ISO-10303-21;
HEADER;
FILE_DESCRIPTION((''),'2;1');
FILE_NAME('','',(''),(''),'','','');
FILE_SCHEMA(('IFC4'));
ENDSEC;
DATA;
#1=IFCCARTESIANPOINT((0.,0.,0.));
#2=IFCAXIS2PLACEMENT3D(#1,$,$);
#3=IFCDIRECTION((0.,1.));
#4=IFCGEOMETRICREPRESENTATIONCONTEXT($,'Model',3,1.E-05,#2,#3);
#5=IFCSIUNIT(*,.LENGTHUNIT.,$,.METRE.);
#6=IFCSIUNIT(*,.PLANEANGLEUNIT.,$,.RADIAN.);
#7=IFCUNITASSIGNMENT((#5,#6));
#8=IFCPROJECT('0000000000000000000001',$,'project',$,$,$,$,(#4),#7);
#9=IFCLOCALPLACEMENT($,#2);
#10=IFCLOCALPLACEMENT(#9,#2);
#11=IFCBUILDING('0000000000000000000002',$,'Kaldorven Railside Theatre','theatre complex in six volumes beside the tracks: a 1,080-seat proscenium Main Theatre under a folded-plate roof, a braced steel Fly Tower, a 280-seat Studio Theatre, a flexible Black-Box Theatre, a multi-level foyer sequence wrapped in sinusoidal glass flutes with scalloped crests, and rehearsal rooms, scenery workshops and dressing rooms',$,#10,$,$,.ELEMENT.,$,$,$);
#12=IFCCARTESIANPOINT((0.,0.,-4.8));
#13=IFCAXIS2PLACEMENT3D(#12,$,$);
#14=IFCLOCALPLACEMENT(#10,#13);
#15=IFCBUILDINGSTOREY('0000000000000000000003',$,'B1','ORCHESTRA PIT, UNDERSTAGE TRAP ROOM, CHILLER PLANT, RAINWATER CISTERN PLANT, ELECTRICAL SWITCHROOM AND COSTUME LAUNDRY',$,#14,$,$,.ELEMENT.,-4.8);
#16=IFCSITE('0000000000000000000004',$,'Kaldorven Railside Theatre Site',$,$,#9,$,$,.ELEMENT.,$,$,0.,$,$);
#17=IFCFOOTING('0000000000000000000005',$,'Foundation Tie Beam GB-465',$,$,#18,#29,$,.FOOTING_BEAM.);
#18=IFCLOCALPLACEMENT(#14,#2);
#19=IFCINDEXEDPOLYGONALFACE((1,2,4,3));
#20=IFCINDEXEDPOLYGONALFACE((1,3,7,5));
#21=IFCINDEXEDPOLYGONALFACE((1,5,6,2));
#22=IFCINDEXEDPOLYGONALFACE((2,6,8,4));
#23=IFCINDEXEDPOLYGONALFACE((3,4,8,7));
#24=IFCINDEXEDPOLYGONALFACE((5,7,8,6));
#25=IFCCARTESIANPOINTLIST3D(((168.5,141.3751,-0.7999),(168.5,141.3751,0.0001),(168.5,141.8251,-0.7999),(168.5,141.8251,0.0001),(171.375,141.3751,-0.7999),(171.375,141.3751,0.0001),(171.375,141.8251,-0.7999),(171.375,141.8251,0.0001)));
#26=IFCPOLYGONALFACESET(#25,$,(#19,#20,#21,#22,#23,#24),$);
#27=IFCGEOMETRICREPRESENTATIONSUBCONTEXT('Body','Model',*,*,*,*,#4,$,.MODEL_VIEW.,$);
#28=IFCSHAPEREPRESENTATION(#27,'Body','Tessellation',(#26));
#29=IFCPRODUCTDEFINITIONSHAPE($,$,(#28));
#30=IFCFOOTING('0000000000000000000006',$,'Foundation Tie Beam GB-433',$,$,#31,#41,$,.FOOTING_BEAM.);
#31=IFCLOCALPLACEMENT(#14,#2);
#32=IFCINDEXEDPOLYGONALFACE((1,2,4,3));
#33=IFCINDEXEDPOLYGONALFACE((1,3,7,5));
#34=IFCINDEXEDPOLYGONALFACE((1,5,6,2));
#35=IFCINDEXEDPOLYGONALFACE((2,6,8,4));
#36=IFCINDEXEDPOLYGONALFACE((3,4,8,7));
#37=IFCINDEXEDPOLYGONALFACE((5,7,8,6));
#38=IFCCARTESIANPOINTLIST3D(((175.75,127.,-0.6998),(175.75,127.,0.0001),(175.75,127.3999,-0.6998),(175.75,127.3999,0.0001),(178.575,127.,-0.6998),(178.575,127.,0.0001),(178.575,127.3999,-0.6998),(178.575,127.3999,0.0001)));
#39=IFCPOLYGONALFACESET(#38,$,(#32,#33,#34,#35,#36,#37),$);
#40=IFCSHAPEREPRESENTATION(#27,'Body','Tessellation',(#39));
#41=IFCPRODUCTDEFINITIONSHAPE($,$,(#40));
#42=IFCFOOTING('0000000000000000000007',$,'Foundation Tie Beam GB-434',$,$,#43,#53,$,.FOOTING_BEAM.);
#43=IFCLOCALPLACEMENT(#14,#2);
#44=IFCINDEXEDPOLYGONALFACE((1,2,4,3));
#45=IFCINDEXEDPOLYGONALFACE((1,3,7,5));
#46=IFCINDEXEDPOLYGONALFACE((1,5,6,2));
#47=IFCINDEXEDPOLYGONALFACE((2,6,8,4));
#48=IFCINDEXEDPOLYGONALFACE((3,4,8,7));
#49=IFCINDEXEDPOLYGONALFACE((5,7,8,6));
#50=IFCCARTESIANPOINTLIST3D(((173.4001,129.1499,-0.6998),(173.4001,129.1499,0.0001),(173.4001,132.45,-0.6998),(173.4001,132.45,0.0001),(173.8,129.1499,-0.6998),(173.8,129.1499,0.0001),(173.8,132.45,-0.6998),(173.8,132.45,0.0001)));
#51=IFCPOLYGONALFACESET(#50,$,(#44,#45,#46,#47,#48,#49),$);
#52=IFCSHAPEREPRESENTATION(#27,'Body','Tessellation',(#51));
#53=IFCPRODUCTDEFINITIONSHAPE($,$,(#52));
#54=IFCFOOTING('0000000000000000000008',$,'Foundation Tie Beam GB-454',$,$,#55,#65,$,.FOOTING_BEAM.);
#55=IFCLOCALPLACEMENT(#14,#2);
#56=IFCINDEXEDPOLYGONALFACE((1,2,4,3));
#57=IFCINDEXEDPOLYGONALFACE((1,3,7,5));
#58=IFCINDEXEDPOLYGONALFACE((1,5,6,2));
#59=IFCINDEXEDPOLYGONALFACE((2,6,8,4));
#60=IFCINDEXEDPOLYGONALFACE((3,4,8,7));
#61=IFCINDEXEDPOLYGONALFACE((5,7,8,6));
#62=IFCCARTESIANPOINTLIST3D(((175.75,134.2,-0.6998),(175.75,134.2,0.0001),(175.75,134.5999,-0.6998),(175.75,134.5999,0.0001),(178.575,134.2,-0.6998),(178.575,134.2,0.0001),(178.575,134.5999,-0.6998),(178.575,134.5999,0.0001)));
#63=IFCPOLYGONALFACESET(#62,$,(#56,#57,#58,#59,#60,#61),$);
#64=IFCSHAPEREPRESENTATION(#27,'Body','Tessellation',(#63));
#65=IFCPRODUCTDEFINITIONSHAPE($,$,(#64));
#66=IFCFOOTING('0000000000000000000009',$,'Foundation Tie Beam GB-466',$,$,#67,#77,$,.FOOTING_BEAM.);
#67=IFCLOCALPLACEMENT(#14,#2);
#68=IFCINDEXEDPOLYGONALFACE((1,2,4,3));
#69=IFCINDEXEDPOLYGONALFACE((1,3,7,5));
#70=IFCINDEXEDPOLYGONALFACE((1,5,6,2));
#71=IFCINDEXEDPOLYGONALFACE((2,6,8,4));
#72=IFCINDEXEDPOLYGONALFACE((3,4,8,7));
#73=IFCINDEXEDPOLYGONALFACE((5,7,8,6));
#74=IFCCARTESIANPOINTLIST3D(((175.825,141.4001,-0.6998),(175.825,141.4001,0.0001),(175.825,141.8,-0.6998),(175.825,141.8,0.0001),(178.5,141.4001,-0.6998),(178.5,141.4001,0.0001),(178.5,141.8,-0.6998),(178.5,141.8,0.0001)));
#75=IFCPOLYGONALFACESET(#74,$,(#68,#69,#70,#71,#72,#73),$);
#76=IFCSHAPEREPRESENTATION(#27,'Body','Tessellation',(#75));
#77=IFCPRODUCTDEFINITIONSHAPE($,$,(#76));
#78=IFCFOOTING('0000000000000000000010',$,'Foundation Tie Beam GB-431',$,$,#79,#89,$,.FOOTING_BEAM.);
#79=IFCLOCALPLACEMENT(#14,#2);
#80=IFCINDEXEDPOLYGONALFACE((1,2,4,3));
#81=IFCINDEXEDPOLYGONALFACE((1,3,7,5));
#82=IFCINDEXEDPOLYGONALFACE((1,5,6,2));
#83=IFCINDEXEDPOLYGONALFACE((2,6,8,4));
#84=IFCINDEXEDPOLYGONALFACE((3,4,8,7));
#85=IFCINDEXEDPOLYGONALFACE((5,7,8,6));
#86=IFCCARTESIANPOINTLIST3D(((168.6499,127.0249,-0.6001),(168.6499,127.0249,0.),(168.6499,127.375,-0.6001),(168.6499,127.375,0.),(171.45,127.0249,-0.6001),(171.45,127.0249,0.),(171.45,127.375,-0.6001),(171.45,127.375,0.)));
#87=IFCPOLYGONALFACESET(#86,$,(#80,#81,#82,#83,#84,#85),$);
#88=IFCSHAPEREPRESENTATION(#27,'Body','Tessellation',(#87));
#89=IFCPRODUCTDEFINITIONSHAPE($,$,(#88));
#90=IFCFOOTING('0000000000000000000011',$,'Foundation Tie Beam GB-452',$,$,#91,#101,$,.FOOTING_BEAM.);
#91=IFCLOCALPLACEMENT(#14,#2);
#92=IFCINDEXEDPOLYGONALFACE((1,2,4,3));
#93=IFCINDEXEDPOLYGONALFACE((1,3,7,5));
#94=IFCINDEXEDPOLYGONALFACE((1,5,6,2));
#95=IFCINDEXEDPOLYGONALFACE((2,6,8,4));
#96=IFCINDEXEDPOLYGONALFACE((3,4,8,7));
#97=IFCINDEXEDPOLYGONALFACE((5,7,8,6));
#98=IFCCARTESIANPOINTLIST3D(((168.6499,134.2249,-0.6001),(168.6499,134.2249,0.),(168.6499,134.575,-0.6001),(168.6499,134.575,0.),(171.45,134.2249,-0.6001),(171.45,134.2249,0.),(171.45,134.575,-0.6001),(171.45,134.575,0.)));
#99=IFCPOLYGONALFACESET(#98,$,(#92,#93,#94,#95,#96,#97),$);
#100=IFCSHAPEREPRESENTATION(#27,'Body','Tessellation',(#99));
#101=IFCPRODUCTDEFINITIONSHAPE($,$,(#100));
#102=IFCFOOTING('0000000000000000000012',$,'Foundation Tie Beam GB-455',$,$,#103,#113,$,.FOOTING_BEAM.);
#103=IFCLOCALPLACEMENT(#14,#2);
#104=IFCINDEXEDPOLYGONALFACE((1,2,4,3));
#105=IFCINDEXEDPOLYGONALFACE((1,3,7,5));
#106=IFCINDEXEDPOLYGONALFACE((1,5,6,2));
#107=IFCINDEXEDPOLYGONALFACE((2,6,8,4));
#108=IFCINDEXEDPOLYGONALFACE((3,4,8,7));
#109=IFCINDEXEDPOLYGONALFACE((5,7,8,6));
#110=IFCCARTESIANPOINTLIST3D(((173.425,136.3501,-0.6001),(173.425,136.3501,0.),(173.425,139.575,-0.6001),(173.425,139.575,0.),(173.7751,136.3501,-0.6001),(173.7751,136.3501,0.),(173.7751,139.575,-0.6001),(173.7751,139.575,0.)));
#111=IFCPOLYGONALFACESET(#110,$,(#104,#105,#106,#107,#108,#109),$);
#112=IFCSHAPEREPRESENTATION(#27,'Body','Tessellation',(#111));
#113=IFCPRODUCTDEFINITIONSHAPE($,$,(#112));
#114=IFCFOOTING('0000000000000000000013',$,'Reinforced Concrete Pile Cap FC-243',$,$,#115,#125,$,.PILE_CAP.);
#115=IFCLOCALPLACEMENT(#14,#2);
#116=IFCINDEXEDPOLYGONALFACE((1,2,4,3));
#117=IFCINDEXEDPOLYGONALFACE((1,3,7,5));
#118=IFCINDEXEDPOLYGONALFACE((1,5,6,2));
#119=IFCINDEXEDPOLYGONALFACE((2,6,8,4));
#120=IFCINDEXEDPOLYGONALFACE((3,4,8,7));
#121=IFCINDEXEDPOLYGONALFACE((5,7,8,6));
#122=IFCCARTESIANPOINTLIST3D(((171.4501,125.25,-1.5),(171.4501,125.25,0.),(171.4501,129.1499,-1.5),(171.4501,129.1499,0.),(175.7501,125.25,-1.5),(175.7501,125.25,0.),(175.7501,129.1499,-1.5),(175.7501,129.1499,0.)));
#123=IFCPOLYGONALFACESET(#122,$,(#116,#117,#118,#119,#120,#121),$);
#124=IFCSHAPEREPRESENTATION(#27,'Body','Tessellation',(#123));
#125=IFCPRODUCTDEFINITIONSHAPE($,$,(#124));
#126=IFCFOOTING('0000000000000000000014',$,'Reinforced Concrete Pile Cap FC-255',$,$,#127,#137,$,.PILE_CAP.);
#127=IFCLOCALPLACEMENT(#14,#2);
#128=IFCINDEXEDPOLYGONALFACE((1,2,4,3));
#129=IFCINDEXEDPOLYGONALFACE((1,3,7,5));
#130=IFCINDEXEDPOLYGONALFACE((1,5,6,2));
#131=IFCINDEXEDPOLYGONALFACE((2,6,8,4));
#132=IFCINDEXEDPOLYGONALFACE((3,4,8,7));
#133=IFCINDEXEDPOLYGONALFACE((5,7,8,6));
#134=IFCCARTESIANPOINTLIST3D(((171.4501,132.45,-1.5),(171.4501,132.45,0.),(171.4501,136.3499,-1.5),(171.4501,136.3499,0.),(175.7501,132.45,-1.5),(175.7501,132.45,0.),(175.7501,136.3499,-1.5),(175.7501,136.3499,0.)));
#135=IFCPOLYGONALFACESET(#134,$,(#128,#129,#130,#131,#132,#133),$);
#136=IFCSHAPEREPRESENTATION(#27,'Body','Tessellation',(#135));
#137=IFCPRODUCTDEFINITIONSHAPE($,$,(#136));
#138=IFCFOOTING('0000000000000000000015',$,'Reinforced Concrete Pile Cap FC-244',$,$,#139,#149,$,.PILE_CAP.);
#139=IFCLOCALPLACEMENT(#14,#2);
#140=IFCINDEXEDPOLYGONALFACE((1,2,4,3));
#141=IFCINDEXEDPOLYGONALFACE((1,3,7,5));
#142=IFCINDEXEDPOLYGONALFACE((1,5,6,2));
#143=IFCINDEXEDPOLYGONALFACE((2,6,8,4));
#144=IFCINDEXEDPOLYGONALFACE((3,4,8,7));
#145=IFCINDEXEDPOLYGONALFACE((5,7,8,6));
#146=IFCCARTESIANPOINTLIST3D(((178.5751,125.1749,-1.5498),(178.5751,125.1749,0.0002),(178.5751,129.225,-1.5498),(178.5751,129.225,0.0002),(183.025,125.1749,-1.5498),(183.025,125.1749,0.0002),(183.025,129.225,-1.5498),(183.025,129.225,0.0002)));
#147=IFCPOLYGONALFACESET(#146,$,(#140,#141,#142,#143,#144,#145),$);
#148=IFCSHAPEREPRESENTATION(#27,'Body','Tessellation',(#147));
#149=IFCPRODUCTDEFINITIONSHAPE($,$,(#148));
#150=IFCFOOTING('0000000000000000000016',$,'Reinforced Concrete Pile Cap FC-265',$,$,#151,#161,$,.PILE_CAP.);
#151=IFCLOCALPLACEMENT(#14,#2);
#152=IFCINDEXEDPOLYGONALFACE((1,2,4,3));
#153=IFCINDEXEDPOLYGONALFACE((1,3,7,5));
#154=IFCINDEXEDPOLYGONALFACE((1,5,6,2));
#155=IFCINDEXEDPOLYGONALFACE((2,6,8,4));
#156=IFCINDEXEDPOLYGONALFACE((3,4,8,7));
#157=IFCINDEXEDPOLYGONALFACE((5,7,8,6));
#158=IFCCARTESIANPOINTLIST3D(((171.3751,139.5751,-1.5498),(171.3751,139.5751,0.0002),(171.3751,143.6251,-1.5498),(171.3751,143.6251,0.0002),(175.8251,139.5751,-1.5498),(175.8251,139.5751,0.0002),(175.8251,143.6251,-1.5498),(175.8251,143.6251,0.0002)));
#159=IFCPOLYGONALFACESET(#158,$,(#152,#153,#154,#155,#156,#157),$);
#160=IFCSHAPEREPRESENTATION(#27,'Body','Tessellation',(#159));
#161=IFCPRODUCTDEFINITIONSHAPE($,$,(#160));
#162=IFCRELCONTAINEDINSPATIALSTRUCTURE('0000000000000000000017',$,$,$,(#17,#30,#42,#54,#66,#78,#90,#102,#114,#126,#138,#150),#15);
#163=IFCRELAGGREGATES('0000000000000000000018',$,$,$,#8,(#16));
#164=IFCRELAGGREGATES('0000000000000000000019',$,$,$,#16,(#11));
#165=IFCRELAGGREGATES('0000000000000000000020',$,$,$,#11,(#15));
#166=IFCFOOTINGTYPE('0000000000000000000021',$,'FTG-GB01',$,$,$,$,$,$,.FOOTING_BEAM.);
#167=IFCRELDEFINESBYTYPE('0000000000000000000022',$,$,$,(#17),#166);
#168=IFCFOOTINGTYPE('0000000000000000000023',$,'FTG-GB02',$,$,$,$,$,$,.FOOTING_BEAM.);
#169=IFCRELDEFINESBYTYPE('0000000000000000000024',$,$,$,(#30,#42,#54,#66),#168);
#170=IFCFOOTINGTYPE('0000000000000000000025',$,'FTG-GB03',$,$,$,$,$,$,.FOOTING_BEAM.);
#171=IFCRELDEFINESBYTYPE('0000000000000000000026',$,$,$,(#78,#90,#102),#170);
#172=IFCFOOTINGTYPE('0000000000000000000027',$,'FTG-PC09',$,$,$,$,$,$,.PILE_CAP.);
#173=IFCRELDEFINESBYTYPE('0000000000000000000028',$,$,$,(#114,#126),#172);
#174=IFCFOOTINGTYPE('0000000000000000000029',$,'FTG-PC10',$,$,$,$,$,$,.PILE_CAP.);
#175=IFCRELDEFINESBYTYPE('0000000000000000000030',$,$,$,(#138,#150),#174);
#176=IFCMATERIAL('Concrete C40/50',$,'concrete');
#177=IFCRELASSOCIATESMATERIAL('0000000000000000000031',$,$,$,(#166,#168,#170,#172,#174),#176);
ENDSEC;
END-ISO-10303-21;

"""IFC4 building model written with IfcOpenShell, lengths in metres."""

from ifc_helpers import new_model, si_unit, direction, frame, origin, origin_2d, place, context, subcontext, project, spatial, rectangle, extrude, material, material_profile, profile_set, type_object, element, save


model = new_model("IFC4")

# Units and contexts
model_context = context("Model", 3, precision=1e-05, world=origin(), true_north=direction((0.0, 1.0)))
body_context = subcontext(model_context, "Body", "Model", "MODEL_VIEW")
ifc_project = project(units=[si_unit("LENGTHUNIT", "METRE"), si_unit("PLANEANGLEUNIT", "RADIAN")], contexts=[model_context])

# Site, building, storey
site_placement = place(None, origin())
site = spatial("IfcSite", under=ifc_project, at=site_placement, Name="Kaldorven Railside Theatre Site", CompositionType="ELEMENT", RefElevation=0.0)
building_placement = place(site_placement, origin())
building = spatial("IfcBuilding", under=site, at=building_placement, Name="Kaldorven Railside Theatre", Description="theatre complex in six volumes beside the tracks: a 1,080-seat proscenium Main Theatre under a folded-plate roof, a braced steel Fly Tower, a 280-seat Studio Theatre, a flexible Black-Box Theatre, a multi-level foyer sequence wrapped in sinusoidal glass flutes with scalloped crests, and rehearsal rooms, scenery workshops and dressing rooms", CompositionType="ELEMENT")
storey_placement = place(building_placement, frame((0.0, 0.0, -4.8)))
storey = spatial("IfcBuildingStorey", under=building, at=storey_placement, Name="B1", Description="ORCHESTRA PIT, UNDERSTAGE TRAP ROOM, CHILLER PLANT, RAINWATER CISTERN PLANT, ELECTRICAL SWITCHROOM AND COSTUME LAUNDRY", CompositionType="ELEMENT", Elevation=-4.8)

# Footings
ifc_material_1 = material(Name="Concrete C40/50", Category="concrete")
ifc_material_profile_1 = material_profile(ifc_material_1, rectangle(XDim=0.45, YDim=0.8, at=origin_2d()), Name="RC 450x800")
ifc_profile_set_1 = profile_set([ifc_material_profile_1], Name="Concrete C40/50")
footing_type_1 = type_object("IfcFootingType", Name="FTG-GB01", PredefinedType="FOOTING_BEAM", material=ifc_profile_set_1)
footing_1_placement = place(storey_placement, frame((168.5, 141.6001, -0.3999), z_axis=(1.0, 0.0, 0.0), x_axis=(0.0, 1.0, 0.0)))
element("IfcFooting", 1, at=footing_1_placement, inside=storey, type_object=footing_type_1, Name="Foundation Tie Beam GB-465", PredefinedType="FOOTING_BEAM", context=body_context, shape_type="SweptSolid", body=[
    extrude(rectangle(XDim=0.45, YDim=0.8, at=origin_2d()), origin(), (0.0, 0.0, 1.0), 2.875),
])
ifc_material_profile_2 = material_profile(ifc_material_1, rectangle(XDim=0.3999, YDim=0.7, at=origin_2d()), Name="RC 400x700")
ifc_profile_set_2 = profile_set([ifc_material_profile_2], Name="Concrete C40/50")
footing_type_2 = type_object("IfcFootingType", Name="FTG-GB02", PredefinedType="FOOTING_BEAM", material=ifc_profile_set_2)
footing_2_placement = place(storey_placement, frame((175.75, 127.2, -0.3499), z_axis=(1.0, 0.0, 0.0), x_axis=(0.0, 1.0, 0.0)))
element("IfcFooting", 2, at=footing_2_placement, inside=storey, type_object=footing_type_2, Name="Foundation Tie Beam GB-433", PredefinedType="FOOTING_BEAM", context=body_context, shape_type="SweptSolid", body=[
    extrude(rectangle(XDim=0.3999, YDim=0.7, at=origin_2d()), origin(), (0.0, 0.0, 1.0), 2.825),
])
footing_3_placement = place(storey_placement, frame((173.6001, 129.1499, -0.3499), z_axis=(0.0, 1.0, 0.0), x_axis=(-1.0, 0.0, 0.0)))
element("IfcFooting", 3, at=footing_3_placement, inside=storey, type_object=footing_type_2, Name="Foundation Tie Beam GB-434", PredefinedType="FOOTING_BEAM", context=body_context, shape_type="SweptSolid", body=[
    extrude(rectangle(XDim=0.3999, YDim=0.7, at=origin_2d()), origin(), (0.0, 0.0, 1.0), 3.3),
])
footing_4_placement = place(storey_placement, frame((175.75, 134.3999, -0.3499), z_axis=(1.0, 0.0, 0.0), x_axis=(0.0, 1.0, 0.0)))
element("IfcFooting", 4, at=footing_4_placement, inside=storey, type_object=footing_type_2, Name="Foundation Tie Beam GB-454", PredefinedType="FOOTING_BEAM", context=body_context, shape_type="SweptSolid", body=[
    extrude(rectangle(XDim=0.3999, YDim=0.7, at=origin_2d()), origin(), (0.0, 0.0, 1.0), 2.825),
])
footing_5_placement = place(storey_placement, frame((175.825, 141.6001, -0.3499), z_axis=(1.0, 0.0, 0.0), x_axis=(0.0, 1.0, 0.0)))
element("IfcFooting", 5, at=footing_5_placement, inside=storey, type_object=footing_type_2, Name="Foundation Tie Beam GB-466", PredefinedType="FOOTING_BEAM", context=body_context, shape_type="SweptSolid", body=[
    extrude(rectangle(XDim=0.3999, YDim=0.7, at=origin_2d()), origin(), (0.0, 0.0, 1.0), 2.675),
])
ifc_material_profile_3 = material_profile(ifc_material_1, rectangle(XDim=0.3501, YDim=0.6001, at=origin_2d()), Name="RC 350x600")
ifc_profile_set_3 = profile_set([ifc_material_profile_3], Name="Concrete C40/50")
footing_type_3 = type_object("IfcFootingType", Name="FTG-GB03", PredefinedType="FOOTING_BEAM", material=ifc_profile_set_3)
for number, where, z_axis, x_axis, name in (
    (6, (168.6499, 127.2, -0.3), (1.0, 0.0, 0.0), (0.0, 1.0, 0.0), "Foundation Tie Beam GB-431"),
    (7, (168.6499, 134.3999, -0.3), (1.0, 0.0, 0.0), (0.0, 1.0, 0.0), "Foundation Tie Beam GB-452"),
):
    element("IfcFooting", number, at=place(storey_placement, frame(where, z_axis=z_axis, x_axis=x_axis)), inside=storey, type_object=footing_type_3, Name=name, PredefinedType="FOOTING_BEAM", context=body_context, shape_type="SweptSolid", body=[
        extrude(rectangle(XDim=0.3501, YDim=0.6001, at=origin_2d()), origin(), (0.0, 0.0, 1.0), 2.8),
    ])
footing_6_placement = place(storey_placement, frame((173.6001, 136.3501, -0.3), z_axis=(0.0, 1.0, 0.0), x_axis=(-1.0, 0.0, 0.0)))
element("IfcFooting", 8, at=footing_6_placement, inside=storey, type_object=footing_type_3, Name="Foundation Tie Beam GB-455", PredefinedType="FOOTING_BEAM", context=body_context, shape_type="SweptSolid", body=[
    extrude(rectangle(XDim=0.3501, YDim=0.6001, at=origin_2d()), origin(), (0.0, 0.0, 1.0), 3.2249),
])
footing_type_4 = type_object("IfcFootingType", Name="FTG-PC09", PredefinedType="PILE_CAP", material=ifc_material_1)
for number, where, z_axis, x_axis, name in (
    (9, (173.6001, 127.2, -1.5), (0.0, 0.0, 1.0), (1.0, 0.0, 0.0), "Reinforced Concrete Pile Cap FC-243"),
    (10, (173.6001, 134.3999, -1.5), (0.0, 0.0, 1.0), (1.0, 0.0, 0.0), "Reinforced Concrete Pile Cap FC-255"),
):
    element("IfcFooting", number, at=place(storey_placement, frame(where, z_axis=z_axis, x_axis=x_axis)), inside=storey, type_object=footing_type_4, Name=name, PredefinedType="PILE_CAP", context=body_context, shape_type="SweptSolid", body=[
        extrude(rectangle(XDim=4.3, YDim=3.8999, at=origin_2d()), origin(), (0.0, 0.0, 1.0), 1.5),
    ])
footing_type_5 = type_object("IfcFootingType", Name="FTG-PC10", PredefinedType="PILE_CAP", material=ifc_material_1)
for number, where, z_axis, x_axis, name in (
    (11, (180.8, 127.2, -1.5498), (0.0, 0.0, 1.0), (1.0, 0.0, 0.0), "Reinforced Concrete Pile Cap FC-244"),
    (12, (173.6001, 141.6001, -1.5498), (0.0, 0.0, 1.0), (1.0, 0.0, 0.0), "Reinforced Concrete Pile Cap FC-265"),
):
    element("IfcFooting", number, at=place(storey_placement, frame(where, z_axis=z_axis, x_axis=x_axis)), inside=storey, type_object=footing_type_5, Name=name, PredefinedType="PILE_CAP", context=body_context, shape_type="SweptSolid", body=[
        extrude(rectangle(XDim=4.45, YDim=4.05, at=origin_2d()), origin(), (0.0, 0.0, 1.0), 1.55),
    ])

save(model, "model.ifc")
